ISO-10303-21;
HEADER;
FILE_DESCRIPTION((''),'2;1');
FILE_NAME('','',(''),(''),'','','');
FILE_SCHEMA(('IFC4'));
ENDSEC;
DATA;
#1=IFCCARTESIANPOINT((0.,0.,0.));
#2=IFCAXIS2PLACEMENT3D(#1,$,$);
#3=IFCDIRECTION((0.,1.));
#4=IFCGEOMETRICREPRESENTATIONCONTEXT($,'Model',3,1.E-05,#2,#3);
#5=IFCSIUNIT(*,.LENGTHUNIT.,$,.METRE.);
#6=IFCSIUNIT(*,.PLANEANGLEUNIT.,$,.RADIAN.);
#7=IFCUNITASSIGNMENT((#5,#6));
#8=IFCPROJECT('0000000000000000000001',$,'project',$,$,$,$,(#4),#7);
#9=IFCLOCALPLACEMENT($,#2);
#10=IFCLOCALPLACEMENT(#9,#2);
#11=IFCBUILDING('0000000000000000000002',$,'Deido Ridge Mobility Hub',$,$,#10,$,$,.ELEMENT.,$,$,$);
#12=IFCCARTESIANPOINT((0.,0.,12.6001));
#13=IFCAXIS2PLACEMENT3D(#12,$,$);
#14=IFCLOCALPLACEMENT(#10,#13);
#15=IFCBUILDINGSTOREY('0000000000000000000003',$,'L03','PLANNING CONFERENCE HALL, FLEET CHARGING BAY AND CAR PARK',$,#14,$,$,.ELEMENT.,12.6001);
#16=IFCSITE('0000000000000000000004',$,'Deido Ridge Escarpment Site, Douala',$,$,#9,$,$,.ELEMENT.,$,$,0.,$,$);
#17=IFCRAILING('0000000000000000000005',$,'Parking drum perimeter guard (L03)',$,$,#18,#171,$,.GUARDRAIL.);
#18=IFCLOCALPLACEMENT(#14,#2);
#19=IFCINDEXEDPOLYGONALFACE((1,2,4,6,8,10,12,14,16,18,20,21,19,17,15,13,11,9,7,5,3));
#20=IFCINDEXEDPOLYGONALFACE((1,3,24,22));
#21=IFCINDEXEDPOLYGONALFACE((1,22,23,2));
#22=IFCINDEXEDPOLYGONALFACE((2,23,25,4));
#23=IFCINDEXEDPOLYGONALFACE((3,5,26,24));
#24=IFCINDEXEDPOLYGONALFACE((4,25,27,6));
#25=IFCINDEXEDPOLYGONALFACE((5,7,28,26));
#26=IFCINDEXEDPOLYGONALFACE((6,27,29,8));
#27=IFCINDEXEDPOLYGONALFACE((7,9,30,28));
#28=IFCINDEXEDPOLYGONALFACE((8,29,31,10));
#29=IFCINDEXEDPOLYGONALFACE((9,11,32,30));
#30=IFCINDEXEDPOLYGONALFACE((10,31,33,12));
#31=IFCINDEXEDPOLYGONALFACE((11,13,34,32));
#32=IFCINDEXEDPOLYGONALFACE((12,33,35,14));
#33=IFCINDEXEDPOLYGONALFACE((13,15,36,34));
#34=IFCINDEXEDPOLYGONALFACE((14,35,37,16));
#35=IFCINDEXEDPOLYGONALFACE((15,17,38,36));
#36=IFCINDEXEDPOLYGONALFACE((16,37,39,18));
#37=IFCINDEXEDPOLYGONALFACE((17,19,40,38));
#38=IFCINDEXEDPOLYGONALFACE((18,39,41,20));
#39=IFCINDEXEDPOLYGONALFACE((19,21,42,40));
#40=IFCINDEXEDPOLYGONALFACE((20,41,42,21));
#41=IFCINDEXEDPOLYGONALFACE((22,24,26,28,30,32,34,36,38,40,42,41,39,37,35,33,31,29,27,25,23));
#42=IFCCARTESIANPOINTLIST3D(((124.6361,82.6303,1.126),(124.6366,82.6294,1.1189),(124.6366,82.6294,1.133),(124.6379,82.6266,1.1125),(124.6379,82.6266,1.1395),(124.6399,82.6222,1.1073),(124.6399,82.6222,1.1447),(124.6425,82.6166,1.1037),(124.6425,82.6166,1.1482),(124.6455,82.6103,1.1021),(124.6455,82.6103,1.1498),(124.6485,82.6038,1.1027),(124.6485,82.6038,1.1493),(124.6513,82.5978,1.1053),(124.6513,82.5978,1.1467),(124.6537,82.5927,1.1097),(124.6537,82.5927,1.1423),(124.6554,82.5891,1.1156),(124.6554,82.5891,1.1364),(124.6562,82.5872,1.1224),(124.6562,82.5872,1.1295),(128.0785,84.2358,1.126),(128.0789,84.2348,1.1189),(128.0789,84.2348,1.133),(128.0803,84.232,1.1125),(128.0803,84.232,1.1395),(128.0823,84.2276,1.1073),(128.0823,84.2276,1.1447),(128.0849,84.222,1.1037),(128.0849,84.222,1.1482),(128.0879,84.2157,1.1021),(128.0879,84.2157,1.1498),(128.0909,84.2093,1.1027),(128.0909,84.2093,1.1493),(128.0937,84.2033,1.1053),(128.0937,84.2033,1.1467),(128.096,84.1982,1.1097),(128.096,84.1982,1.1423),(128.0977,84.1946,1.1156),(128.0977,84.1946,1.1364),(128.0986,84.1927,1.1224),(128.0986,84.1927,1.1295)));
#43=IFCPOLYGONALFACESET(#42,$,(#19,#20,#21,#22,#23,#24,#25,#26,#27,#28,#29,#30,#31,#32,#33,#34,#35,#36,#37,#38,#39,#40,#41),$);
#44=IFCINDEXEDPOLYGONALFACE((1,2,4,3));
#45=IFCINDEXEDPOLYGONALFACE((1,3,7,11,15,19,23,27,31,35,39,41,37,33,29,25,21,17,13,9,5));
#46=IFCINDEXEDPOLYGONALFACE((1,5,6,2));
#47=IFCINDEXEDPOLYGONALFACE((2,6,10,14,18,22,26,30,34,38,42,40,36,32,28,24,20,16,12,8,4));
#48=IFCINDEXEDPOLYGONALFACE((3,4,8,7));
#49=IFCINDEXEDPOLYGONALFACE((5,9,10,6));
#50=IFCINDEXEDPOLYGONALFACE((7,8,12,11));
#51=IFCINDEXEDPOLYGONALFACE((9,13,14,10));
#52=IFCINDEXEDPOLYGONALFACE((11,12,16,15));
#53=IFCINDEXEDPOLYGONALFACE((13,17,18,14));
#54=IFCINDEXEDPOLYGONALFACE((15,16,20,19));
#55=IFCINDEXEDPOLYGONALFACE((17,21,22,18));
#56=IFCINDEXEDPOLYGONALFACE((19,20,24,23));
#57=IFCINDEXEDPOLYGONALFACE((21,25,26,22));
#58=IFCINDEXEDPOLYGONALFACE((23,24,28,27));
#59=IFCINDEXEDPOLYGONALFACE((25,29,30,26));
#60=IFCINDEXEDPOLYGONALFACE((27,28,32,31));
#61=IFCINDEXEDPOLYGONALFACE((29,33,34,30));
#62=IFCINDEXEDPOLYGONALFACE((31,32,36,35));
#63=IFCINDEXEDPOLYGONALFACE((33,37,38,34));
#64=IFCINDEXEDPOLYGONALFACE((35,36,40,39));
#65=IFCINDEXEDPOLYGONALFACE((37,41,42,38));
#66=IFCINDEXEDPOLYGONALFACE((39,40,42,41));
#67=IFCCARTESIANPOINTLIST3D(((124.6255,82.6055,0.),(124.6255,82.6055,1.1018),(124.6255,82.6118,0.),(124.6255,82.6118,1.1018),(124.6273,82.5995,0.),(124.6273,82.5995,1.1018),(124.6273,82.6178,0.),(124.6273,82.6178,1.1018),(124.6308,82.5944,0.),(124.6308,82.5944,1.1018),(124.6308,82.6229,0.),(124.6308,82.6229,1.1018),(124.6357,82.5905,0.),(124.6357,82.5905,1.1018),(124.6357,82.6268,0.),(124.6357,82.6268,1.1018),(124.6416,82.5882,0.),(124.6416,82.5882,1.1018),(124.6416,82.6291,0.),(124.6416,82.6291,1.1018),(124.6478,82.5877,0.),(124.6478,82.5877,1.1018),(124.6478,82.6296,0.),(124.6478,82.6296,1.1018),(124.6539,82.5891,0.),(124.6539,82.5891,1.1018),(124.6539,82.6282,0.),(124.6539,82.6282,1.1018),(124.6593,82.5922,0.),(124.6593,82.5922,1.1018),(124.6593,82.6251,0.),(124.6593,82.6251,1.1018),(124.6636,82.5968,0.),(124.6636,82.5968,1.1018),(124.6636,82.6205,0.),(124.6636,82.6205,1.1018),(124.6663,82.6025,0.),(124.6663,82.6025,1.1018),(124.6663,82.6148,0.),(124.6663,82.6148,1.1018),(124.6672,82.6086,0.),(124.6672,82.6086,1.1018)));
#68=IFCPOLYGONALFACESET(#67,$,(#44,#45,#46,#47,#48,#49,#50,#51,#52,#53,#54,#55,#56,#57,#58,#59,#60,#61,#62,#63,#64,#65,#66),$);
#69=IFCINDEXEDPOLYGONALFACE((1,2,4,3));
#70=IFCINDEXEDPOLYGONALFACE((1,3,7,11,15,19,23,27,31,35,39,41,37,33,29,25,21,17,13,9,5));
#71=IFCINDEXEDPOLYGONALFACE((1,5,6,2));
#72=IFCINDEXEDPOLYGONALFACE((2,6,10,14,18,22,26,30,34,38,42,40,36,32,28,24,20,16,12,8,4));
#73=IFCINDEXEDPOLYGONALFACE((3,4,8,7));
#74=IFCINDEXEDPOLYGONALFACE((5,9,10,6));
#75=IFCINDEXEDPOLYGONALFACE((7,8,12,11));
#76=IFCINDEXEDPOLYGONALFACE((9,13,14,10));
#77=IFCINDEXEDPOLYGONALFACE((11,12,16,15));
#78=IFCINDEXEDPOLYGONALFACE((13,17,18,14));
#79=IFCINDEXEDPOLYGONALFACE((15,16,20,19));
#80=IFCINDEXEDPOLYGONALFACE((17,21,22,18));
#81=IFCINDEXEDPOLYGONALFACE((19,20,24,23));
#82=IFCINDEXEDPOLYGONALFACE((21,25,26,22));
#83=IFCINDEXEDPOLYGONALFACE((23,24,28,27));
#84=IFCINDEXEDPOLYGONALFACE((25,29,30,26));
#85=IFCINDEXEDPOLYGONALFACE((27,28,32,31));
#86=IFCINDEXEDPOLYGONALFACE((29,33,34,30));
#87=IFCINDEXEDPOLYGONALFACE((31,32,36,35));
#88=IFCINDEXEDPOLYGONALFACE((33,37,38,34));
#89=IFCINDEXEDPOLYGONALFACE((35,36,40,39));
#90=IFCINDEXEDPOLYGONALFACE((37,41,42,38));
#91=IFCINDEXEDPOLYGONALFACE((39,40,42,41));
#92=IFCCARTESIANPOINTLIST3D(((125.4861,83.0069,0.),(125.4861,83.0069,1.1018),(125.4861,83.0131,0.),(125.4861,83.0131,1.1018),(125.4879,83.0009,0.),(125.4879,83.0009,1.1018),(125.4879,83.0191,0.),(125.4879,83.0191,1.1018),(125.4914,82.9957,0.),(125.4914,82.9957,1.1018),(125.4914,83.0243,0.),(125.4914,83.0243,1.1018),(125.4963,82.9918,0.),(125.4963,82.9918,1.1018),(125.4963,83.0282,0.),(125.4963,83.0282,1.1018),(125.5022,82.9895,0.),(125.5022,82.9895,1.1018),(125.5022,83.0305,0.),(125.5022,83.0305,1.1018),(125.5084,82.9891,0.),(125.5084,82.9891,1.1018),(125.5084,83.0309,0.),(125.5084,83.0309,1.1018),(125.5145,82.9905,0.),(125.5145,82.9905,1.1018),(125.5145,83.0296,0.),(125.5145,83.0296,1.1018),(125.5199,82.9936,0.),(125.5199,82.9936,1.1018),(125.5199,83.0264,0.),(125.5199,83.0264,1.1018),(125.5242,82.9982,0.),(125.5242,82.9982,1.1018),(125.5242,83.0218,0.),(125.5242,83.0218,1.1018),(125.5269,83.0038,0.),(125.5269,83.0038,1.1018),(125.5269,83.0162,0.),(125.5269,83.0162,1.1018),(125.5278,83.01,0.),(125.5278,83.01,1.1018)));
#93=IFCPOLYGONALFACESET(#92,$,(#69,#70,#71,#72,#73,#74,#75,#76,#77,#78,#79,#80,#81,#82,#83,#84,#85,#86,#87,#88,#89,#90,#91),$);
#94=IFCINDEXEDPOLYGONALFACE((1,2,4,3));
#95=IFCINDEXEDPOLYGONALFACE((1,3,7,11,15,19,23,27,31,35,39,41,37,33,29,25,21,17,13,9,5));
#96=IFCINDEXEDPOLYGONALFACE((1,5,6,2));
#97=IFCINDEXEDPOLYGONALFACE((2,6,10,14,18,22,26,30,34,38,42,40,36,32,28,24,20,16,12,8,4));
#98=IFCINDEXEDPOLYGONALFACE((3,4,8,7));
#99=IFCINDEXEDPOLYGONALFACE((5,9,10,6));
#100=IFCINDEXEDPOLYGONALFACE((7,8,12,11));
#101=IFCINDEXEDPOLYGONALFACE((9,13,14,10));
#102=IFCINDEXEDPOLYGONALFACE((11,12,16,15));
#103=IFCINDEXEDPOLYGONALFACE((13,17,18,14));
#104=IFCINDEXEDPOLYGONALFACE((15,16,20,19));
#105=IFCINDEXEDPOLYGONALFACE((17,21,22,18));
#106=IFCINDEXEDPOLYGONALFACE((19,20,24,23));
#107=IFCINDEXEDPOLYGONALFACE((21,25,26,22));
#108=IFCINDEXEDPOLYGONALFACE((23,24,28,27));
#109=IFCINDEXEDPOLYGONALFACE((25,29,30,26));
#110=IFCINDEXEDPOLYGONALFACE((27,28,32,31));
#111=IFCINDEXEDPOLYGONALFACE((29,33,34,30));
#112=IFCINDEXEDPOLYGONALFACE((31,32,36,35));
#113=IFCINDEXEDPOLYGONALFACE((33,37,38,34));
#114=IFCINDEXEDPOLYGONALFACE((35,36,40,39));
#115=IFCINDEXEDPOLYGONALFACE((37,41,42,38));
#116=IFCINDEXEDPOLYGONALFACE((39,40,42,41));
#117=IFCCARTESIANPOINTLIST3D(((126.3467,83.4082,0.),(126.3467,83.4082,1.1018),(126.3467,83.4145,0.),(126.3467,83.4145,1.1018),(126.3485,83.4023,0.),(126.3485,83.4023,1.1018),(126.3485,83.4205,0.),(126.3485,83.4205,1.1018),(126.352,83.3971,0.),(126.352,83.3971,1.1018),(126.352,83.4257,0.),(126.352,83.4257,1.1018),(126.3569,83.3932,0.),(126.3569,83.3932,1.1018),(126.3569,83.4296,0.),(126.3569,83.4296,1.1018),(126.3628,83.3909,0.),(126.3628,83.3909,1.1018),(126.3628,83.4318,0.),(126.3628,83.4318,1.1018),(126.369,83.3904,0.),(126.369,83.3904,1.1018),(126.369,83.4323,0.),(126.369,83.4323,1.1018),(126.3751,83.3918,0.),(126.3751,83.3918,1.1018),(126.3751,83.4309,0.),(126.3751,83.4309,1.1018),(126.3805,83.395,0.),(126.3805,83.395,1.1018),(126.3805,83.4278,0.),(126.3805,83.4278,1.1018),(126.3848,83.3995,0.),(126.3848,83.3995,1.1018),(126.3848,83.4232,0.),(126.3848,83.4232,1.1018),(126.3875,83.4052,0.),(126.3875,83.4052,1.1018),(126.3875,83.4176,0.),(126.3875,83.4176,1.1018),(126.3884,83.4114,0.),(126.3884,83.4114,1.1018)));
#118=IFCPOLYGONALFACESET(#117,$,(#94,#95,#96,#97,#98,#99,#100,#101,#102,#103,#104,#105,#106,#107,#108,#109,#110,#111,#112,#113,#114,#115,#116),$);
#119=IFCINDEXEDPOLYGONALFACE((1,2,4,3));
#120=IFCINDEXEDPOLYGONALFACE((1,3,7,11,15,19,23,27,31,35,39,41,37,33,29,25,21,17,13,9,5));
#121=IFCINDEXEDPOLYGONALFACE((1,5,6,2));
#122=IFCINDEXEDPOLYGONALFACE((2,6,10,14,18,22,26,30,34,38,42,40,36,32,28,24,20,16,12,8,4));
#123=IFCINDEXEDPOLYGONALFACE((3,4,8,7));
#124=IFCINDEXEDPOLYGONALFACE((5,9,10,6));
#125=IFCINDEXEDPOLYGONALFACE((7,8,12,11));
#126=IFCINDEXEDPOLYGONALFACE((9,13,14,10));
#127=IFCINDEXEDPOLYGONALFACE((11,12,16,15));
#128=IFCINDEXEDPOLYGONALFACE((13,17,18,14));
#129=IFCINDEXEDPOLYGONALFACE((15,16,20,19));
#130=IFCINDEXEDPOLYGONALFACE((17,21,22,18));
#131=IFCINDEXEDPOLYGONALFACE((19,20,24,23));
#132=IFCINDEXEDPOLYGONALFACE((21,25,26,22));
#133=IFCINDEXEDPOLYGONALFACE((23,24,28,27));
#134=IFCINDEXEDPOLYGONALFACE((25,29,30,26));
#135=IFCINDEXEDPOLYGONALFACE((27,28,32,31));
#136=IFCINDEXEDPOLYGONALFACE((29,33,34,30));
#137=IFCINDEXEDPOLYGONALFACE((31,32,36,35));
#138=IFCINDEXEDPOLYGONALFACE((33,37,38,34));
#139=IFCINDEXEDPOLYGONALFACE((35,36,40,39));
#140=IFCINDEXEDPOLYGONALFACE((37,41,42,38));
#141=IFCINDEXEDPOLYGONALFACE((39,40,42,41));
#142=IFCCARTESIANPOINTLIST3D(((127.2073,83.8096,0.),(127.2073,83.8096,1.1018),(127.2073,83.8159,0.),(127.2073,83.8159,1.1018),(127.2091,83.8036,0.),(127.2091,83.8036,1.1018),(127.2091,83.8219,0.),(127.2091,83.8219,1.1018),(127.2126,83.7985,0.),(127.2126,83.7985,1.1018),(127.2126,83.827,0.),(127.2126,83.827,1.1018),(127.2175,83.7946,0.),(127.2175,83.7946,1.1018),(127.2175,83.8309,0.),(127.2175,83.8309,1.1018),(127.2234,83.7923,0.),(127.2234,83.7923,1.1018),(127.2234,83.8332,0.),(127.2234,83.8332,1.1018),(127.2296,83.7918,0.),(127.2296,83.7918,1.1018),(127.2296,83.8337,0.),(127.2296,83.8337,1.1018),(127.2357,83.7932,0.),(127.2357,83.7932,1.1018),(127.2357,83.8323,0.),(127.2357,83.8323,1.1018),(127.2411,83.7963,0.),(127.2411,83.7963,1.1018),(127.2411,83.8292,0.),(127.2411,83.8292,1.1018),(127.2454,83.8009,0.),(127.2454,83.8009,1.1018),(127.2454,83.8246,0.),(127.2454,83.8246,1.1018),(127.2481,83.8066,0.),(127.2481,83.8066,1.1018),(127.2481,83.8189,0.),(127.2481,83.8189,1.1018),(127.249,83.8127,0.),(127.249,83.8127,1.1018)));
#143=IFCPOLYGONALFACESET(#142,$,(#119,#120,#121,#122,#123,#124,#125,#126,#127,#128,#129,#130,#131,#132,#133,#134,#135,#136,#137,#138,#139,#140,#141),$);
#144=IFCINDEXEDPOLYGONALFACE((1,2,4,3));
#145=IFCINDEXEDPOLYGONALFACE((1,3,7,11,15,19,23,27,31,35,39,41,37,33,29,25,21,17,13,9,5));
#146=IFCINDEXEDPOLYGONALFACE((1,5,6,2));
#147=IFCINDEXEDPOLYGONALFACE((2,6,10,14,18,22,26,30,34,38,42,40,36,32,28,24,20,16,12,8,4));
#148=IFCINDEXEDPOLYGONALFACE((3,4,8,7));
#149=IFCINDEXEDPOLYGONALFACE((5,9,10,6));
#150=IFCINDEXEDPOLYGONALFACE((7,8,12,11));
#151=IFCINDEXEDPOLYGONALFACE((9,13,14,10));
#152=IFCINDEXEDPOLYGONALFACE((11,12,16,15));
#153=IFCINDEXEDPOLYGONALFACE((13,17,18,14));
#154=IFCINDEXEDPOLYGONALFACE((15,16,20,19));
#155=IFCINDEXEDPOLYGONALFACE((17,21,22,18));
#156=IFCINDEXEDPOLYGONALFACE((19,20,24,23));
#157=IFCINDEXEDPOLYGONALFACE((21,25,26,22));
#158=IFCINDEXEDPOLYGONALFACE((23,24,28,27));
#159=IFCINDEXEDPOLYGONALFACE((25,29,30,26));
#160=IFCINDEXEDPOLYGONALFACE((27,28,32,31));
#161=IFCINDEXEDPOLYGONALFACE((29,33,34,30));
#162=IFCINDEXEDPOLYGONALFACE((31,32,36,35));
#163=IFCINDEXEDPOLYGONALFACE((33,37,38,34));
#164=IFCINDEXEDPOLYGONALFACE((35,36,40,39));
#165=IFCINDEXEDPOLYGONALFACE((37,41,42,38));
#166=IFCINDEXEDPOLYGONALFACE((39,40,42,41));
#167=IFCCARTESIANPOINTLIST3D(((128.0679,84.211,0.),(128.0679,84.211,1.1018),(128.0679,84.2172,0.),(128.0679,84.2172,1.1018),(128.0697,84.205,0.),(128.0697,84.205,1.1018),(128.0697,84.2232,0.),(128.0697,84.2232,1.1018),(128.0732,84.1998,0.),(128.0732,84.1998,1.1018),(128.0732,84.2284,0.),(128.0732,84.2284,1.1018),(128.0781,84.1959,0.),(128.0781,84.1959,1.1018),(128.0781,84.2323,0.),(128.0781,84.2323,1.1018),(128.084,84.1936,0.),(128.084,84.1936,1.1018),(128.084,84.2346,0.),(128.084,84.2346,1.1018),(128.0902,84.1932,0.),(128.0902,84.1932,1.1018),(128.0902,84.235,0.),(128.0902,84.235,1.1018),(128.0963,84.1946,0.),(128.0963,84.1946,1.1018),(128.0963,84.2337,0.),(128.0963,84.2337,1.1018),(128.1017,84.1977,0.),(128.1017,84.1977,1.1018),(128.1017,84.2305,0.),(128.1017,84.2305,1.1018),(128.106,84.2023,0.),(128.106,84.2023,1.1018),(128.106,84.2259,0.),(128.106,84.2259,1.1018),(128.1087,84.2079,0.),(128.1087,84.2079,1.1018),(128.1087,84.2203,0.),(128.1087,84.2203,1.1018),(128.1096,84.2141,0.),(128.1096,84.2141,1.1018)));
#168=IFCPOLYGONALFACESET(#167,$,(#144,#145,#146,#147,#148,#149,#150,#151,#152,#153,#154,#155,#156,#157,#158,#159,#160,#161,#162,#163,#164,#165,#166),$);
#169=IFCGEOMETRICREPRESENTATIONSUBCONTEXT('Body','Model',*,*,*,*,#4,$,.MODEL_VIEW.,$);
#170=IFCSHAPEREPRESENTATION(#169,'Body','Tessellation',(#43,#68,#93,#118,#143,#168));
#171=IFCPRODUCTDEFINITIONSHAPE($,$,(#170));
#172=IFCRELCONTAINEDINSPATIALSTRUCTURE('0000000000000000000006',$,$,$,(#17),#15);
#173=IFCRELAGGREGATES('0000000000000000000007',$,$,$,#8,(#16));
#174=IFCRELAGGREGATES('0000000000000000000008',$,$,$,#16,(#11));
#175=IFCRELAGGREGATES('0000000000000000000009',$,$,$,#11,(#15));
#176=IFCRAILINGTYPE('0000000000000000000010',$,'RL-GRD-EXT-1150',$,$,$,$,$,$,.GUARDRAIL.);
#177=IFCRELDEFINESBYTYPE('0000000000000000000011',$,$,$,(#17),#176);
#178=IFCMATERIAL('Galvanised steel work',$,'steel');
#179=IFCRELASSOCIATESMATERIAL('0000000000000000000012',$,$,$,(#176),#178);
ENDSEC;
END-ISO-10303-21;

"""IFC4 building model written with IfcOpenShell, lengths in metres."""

from ifc_helpers import new_model, si_unit, direction, frame, origin, origin_2d, place, context, subcontext, project, spatial, circle, extrude, material, type_object, element, save


model = new_model("IFC4")

# Units and contexts
model_context = context("Model", 3, precision=1e-05, world=origin(), true_north=direction((0.0, 1.0)))
body_context = subcontext(model_context, "Body", "Model", "MODEL_VIEW")
ifc_project = project(units=[si_unit("LENGTHUNIT", "METRE"), si_unit("PLANEANGLEUNIT", "RADIAN")], contexts=[model_context])

# Site, building, storey
site_placement = place(None, origin())
site = spatial("IfcSite", under=ifc_project, at=site_placement, Name="Deido Ridge Escarpment Site, Douala", CompositionType="ELEMENT", RefElevation=0.0)
building_placement = place(site_placement, origin())
building = spatial("IfcBuilding", under=site, at=building_placement, Name="Deido Ridge Mobility Hub", CompositionType="ELEMENT")
storey_placement = place(building_placement, frame((0.0, 0.0, 12.6001)))
storey = spatial("IfcBuildingStorey", under=building, at=storey_placement, Name="L03", Description="PLANNING CONFERENCE HALL, FLEET CHARGING BAY AND CAR PARK", CompositionType="ELEMENT", Elevation=12.6001)

# Railing
ifc_material_1 = material(Name="Galvanised steel work", Category="steel")
railing_type = type_object("IfcRailingType", Name="RL-GRD-EXT-1150", PredefinedType="GUARDRAIL", material=ifc_material_1)
railing_1_placement = place(storey_placement, frame((124.6462, 82.6086, 0.0)))
element("IfcRailing", 1, at=railing_1_placement, inside=storey, type_object=railing_type, Name="Parking drum perimeter guard (L03)", PredefinedType="GUARDRAIL", context=body_context, shape_type="SweptSolid", body=[
    extrude(circle(Radius=0.0239, at=origin_2d()), frame((0.0, 0.0, 1.126), z_axis=(0.906282, 0.422674, 0.0), x_axis=(-0.422674, 0.906282, 0.0)), (0.0, 0.0, 1.0), 3.7983),
    extrude(circle(Radius=0.021, at=origin_2d()), origin(), (0.0, 0.0, 1.0), 1.1018),
    extrude(circle(Radius=0.021, at=origin_2d()), frame((0.8606, 0.4014, 0.0)), (0.0, 0.0, 1.0), 1.1018),
    extrude(circle(Radius=0.021, at=origin_2d()), frame((1.7212, 0.8027, 0.0)), (0.0, 0.0, 1.0), 1.1018),
    extrude(circle(Radius=0.021, at=origin_2d()), frame((2.5818, 1.2041, 0.0)), (0.0, 0.0, 1.0), 1.1018),
    extrude(circle(Radius=0.021, at=origin_2d()), frame((3.4424, 1.6055, 0.0)), (0.0, 0.0, 1.0), 1.1018),
])

save(model, "model.ifc")
